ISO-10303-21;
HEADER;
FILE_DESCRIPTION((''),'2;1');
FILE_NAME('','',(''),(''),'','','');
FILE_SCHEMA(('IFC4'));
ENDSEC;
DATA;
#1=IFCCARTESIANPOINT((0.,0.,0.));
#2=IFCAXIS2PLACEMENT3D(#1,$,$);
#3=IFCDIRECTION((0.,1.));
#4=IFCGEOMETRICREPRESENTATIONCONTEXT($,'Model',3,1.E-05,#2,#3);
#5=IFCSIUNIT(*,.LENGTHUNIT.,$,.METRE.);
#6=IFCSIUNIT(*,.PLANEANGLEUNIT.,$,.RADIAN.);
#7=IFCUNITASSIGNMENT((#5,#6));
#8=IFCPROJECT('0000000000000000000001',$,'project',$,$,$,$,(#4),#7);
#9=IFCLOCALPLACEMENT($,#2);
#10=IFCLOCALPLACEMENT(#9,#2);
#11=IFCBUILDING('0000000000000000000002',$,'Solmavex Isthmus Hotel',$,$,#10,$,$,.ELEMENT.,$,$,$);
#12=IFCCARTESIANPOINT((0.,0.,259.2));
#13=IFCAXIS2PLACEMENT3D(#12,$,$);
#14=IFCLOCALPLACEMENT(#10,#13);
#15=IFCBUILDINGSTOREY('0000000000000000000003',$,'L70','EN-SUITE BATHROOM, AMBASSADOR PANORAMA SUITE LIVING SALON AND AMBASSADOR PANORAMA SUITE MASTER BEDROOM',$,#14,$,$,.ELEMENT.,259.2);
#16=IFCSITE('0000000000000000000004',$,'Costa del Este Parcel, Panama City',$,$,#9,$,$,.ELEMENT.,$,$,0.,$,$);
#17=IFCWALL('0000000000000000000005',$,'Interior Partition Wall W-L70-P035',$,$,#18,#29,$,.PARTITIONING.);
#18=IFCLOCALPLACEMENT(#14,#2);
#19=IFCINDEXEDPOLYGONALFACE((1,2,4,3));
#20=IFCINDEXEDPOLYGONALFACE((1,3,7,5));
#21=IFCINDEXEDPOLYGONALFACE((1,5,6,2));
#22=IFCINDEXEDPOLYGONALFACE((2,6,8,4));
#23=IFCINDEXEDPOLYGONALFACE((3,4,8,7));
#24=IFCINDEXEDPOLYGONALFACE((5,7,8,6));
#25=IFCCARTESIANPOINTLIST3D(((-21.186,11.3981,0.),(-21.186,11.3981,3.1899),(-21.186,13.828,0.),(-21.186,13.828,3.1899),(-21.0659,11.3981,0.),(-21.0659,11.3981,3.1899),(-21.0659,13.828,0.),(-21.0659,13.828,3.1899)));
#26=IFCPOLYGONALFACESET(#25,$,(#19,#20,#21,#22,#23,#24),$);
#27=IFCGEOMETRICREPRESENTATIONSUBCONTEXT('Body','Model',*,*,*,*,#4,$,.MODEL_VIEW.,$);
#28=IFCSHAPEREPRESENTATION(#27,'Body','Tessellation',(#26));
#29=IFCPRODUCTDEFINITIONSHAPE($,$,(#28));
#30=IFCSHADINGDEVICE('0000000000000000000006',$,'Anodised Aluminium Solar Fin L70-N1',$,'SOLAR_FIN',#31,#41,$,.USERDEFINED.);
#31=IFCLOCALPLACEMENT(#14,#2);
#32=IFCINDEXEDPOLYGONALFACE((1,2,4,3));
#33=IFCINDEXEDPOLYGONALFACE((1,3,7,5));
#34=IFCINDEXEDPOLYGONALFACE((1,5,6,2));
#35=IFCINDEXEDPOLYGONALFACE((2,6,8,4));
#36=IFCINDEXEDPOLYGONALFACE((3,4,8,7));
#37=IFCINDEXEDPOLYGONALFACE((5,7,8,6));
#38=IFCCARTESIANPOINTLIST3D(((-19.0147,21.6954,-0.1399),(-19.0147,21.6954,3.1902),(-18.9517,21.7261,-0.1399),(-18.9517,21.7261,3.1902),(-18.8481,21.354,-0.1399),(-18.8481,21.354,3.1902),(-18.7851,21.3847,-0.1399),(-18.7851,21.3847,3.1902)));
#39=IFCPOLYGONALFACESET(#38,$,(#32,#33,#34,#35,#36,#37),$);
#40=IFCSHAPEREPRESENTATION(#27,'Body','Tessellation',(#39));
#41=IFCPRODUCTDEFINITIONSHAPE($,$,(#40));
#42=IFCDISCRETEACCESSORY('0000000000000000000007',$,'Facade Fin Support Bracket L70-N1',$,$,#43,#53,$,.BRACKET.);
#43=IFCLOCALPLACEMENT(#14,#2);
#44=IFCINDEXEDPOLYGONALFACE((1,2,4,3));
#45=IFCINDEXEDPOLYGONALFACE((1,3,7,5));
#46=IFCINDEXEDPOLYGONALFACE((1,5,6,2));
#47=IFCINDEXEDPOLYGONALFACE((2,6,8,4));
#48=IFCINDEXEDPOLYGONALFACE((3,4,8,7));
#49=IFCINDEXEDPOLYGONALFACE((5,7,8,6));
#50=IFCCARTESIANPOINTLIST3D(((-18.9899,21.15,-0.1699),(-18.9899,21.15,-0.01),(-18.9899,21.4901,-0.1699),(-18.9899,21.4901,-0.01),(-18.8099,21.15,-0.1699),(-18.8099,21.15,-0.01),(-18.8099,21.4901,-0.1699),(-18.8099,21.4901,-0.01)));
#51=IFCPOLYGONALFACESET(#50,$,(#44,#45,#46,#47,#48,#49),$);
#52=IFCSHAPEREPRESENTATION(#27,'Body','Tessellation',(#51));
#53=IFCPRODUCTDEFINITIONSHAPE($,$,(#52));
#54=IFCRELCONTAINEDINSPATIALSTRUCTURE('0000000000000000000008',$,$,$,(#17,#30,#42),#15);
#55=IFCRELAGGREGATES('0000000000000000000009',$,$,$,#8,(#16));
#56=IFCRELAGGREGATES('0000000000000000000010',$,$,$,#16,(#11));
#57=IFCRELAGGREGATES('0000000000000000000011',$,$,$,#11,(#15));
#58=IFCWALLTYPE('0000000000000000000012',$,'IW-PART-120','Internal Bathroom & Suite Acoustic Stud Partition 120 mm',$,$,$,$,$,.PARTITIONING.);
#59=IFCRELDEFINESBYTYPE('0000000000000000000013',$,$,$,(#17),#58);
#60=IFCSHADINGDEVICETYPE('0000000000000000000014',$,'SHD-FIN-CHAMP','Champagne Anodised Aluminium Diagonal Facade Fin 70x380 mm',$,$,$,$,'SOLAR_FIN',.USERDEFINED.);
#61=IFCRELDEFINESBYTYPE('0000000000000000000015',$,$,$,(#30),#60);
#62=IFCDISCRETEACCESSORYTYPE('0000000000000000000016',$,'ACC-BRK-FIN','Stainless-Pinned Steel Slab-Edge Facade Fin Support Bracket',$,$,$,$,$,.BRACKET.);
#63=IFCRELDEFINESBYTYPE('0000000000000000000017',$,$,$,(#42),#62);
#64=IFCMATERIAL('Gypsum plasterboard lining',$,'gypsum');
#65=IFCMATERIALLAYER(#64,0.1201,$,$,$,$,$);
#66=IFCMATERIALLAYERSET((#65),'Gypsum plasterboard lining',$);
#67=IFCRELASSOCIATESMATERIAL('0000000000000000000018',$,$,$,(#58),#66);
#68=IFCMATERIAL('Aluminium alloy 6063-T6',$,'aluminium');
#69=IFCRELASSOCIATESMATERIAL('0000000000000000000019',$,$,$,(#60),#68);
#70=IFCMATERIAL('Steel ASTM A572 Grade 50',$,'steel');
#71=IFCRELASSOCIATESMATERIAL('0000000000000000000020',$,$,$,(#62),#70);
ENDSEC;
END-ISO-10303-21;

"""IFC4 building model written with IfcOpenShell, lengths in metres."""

from ifc_helpers import new_model, si_unit, direction, frame, frame_2d, origin, origin_2d, place, context, subcontext, project, spatial, rectangle, extrude, material, layer, layer_set, type_object, element, save


model = new_model("IFC4")

# Units and contexts
model_context = context("Model", 3, precision=1e-05, world=origin(), true_north=direction((0.0, 1.0)))
body_context = subcontext(model_context, "Body", "Model", "MODEL_VIEW")
ifc_project = project(units=[si_unit("LENGTHUNIT", "METRE"), si_unit("PLANEANGLEUNIT", "RADIAN")], contexts=[model_context])

# Site, building, storey
site_placement = place(None, origin())
site = spatial("IfcSite", under=ifc_project, at=site_placement, Name="Costa del Este Parcel, Panama City", CompositionType="ELEMENT", RefElevation=0.0)
building_placement = place(site_placement, origin())
building = spatial("IfcBuilding", under=site, at=building_placement, Name="Solmavex Isthmus Hotel", CompositionType="ELEMENT")
storey_placement = place(building_placement, frame((0.0, 0.0, 259.2)))
storey = spatial("IfcBuildingStorey", under=building, at=storey_placement, Name="L70", Description="EN-SUITE BATHROOM, AMBASSADOR PANORAMA SUITE LIVING SALON AND AMBASSADOR PANORAMA SUITE MASTER BEDROOM", CompositionType="ELEMENT", Elevation=259.2)

# Shared definitions
ifc_material_1 = material(Name="Aluminium alloy 6063-T6", Category="aluminium")

# Wall
ifc_material_2 = material(Name="Gypsum plasterboard lining", Category="gypsum")
ifc_layer_1 = layer(ifc_material_2, 0.1201)
ifc_layer_set_1 = layer_set([ifc_layer_1], Name="Gypsum plasterboard lining")
wall_type_1 = type_object("IfcWallType", Name="IW-PART-120", Description="Internal Bathroom & Suite Acoustic Stud Partition 120 mm", PredefinedType="PARTITIONING", material=ifc_layer_set_1)
wall_1_placement = place(storey_placement, frame((-21.126, 13.8279, 0.0), z_axis=(0.0, 0.0, 1.0), x_axis=(0.0, -1.0, 0.0)))
element("IfcWall", 1, at=wall_1_placement, inside=storey, type_object=wall_type_1, Name="Interior Partition Wall W-L70-P035", PredefinedType="PARTITIONING", context=body_context, shape_type="SweptSolid", body=[
    extrude(rectangle(XDim=2.4299, YDim=0.1201, at=frame_2d((1.2148, 0.0))), origin(), (0.0, 0.0, 1.0), 3.1899),
])

# Shading device
shading_device_type = type_object("IfcShadingDeviceType", Name="SHD-FIN-CHAMP", Description="Champagne Anodised Aluminium Diagonal Facade Fin 70x380 mm", ElementType="SOLAR_FIN", PredefinedType="USERDEFINED", material=ifc_material_1)
shading_device_placement = place(storey_placement, frame((-18.8999, 21.54, -0.1399), z_axis=(0.0, 0.0, 1.0), x_axis=(-0.438371, 0.898794, 0.0)))
element("IfcShadingDevice", 2, at=shading_device_placement, inside=storey, type_object=shading_device_type, Name="Anodised Aluminium Solar Fin L70-N1", ObjectType="SOLAR_FIN", PredefinedType="USERDEFINED", context=body_context, shape_type="SweptSolid", body=[
    extrude(rectangle(XDim=0.3799, YDim=0.0701, at=origin_2d()), origin(), (0.0, 0.0, 1.0), 3.3301),
])

# Discrete accessory
ifc_material_3 = material(Name="Steel ASTM A572 Grade 50", Category="steel")
discrete_accessory_type = type_object("IfcDiscreteAccessoryType", Name="ACC-BRK-FIN", Description="Stainless-Pinned Steel Slab-Edge Facade Fin Support Bracket", PredefinedType="BRACKET", material=ifc_material_3)
discrete_accessory_placement = place(storey_placement, frame((-18.8999, 21.3201, -0.1699), z_axis=(0.0, 0.0, 1.0), x_axis=(0.0, 1.0, 0.0)))
element("IfcDiscreteAccessory", 3, at=discrete_accessory_placement, inside=storey, type_object=discrete_accessory_type, Name="Facade Fin Support Bracket L70-N1", PredefinedType="BRACKET", context=body_context, shape_type="SweptSolid", body=[
    extrude(rectangle(XDim=0.3401, YDim=0.1799, at=origin_2d()), origin(), (0.0, 0.0, 1.0), 0.1599),
])

save(model, "model.ifc")
